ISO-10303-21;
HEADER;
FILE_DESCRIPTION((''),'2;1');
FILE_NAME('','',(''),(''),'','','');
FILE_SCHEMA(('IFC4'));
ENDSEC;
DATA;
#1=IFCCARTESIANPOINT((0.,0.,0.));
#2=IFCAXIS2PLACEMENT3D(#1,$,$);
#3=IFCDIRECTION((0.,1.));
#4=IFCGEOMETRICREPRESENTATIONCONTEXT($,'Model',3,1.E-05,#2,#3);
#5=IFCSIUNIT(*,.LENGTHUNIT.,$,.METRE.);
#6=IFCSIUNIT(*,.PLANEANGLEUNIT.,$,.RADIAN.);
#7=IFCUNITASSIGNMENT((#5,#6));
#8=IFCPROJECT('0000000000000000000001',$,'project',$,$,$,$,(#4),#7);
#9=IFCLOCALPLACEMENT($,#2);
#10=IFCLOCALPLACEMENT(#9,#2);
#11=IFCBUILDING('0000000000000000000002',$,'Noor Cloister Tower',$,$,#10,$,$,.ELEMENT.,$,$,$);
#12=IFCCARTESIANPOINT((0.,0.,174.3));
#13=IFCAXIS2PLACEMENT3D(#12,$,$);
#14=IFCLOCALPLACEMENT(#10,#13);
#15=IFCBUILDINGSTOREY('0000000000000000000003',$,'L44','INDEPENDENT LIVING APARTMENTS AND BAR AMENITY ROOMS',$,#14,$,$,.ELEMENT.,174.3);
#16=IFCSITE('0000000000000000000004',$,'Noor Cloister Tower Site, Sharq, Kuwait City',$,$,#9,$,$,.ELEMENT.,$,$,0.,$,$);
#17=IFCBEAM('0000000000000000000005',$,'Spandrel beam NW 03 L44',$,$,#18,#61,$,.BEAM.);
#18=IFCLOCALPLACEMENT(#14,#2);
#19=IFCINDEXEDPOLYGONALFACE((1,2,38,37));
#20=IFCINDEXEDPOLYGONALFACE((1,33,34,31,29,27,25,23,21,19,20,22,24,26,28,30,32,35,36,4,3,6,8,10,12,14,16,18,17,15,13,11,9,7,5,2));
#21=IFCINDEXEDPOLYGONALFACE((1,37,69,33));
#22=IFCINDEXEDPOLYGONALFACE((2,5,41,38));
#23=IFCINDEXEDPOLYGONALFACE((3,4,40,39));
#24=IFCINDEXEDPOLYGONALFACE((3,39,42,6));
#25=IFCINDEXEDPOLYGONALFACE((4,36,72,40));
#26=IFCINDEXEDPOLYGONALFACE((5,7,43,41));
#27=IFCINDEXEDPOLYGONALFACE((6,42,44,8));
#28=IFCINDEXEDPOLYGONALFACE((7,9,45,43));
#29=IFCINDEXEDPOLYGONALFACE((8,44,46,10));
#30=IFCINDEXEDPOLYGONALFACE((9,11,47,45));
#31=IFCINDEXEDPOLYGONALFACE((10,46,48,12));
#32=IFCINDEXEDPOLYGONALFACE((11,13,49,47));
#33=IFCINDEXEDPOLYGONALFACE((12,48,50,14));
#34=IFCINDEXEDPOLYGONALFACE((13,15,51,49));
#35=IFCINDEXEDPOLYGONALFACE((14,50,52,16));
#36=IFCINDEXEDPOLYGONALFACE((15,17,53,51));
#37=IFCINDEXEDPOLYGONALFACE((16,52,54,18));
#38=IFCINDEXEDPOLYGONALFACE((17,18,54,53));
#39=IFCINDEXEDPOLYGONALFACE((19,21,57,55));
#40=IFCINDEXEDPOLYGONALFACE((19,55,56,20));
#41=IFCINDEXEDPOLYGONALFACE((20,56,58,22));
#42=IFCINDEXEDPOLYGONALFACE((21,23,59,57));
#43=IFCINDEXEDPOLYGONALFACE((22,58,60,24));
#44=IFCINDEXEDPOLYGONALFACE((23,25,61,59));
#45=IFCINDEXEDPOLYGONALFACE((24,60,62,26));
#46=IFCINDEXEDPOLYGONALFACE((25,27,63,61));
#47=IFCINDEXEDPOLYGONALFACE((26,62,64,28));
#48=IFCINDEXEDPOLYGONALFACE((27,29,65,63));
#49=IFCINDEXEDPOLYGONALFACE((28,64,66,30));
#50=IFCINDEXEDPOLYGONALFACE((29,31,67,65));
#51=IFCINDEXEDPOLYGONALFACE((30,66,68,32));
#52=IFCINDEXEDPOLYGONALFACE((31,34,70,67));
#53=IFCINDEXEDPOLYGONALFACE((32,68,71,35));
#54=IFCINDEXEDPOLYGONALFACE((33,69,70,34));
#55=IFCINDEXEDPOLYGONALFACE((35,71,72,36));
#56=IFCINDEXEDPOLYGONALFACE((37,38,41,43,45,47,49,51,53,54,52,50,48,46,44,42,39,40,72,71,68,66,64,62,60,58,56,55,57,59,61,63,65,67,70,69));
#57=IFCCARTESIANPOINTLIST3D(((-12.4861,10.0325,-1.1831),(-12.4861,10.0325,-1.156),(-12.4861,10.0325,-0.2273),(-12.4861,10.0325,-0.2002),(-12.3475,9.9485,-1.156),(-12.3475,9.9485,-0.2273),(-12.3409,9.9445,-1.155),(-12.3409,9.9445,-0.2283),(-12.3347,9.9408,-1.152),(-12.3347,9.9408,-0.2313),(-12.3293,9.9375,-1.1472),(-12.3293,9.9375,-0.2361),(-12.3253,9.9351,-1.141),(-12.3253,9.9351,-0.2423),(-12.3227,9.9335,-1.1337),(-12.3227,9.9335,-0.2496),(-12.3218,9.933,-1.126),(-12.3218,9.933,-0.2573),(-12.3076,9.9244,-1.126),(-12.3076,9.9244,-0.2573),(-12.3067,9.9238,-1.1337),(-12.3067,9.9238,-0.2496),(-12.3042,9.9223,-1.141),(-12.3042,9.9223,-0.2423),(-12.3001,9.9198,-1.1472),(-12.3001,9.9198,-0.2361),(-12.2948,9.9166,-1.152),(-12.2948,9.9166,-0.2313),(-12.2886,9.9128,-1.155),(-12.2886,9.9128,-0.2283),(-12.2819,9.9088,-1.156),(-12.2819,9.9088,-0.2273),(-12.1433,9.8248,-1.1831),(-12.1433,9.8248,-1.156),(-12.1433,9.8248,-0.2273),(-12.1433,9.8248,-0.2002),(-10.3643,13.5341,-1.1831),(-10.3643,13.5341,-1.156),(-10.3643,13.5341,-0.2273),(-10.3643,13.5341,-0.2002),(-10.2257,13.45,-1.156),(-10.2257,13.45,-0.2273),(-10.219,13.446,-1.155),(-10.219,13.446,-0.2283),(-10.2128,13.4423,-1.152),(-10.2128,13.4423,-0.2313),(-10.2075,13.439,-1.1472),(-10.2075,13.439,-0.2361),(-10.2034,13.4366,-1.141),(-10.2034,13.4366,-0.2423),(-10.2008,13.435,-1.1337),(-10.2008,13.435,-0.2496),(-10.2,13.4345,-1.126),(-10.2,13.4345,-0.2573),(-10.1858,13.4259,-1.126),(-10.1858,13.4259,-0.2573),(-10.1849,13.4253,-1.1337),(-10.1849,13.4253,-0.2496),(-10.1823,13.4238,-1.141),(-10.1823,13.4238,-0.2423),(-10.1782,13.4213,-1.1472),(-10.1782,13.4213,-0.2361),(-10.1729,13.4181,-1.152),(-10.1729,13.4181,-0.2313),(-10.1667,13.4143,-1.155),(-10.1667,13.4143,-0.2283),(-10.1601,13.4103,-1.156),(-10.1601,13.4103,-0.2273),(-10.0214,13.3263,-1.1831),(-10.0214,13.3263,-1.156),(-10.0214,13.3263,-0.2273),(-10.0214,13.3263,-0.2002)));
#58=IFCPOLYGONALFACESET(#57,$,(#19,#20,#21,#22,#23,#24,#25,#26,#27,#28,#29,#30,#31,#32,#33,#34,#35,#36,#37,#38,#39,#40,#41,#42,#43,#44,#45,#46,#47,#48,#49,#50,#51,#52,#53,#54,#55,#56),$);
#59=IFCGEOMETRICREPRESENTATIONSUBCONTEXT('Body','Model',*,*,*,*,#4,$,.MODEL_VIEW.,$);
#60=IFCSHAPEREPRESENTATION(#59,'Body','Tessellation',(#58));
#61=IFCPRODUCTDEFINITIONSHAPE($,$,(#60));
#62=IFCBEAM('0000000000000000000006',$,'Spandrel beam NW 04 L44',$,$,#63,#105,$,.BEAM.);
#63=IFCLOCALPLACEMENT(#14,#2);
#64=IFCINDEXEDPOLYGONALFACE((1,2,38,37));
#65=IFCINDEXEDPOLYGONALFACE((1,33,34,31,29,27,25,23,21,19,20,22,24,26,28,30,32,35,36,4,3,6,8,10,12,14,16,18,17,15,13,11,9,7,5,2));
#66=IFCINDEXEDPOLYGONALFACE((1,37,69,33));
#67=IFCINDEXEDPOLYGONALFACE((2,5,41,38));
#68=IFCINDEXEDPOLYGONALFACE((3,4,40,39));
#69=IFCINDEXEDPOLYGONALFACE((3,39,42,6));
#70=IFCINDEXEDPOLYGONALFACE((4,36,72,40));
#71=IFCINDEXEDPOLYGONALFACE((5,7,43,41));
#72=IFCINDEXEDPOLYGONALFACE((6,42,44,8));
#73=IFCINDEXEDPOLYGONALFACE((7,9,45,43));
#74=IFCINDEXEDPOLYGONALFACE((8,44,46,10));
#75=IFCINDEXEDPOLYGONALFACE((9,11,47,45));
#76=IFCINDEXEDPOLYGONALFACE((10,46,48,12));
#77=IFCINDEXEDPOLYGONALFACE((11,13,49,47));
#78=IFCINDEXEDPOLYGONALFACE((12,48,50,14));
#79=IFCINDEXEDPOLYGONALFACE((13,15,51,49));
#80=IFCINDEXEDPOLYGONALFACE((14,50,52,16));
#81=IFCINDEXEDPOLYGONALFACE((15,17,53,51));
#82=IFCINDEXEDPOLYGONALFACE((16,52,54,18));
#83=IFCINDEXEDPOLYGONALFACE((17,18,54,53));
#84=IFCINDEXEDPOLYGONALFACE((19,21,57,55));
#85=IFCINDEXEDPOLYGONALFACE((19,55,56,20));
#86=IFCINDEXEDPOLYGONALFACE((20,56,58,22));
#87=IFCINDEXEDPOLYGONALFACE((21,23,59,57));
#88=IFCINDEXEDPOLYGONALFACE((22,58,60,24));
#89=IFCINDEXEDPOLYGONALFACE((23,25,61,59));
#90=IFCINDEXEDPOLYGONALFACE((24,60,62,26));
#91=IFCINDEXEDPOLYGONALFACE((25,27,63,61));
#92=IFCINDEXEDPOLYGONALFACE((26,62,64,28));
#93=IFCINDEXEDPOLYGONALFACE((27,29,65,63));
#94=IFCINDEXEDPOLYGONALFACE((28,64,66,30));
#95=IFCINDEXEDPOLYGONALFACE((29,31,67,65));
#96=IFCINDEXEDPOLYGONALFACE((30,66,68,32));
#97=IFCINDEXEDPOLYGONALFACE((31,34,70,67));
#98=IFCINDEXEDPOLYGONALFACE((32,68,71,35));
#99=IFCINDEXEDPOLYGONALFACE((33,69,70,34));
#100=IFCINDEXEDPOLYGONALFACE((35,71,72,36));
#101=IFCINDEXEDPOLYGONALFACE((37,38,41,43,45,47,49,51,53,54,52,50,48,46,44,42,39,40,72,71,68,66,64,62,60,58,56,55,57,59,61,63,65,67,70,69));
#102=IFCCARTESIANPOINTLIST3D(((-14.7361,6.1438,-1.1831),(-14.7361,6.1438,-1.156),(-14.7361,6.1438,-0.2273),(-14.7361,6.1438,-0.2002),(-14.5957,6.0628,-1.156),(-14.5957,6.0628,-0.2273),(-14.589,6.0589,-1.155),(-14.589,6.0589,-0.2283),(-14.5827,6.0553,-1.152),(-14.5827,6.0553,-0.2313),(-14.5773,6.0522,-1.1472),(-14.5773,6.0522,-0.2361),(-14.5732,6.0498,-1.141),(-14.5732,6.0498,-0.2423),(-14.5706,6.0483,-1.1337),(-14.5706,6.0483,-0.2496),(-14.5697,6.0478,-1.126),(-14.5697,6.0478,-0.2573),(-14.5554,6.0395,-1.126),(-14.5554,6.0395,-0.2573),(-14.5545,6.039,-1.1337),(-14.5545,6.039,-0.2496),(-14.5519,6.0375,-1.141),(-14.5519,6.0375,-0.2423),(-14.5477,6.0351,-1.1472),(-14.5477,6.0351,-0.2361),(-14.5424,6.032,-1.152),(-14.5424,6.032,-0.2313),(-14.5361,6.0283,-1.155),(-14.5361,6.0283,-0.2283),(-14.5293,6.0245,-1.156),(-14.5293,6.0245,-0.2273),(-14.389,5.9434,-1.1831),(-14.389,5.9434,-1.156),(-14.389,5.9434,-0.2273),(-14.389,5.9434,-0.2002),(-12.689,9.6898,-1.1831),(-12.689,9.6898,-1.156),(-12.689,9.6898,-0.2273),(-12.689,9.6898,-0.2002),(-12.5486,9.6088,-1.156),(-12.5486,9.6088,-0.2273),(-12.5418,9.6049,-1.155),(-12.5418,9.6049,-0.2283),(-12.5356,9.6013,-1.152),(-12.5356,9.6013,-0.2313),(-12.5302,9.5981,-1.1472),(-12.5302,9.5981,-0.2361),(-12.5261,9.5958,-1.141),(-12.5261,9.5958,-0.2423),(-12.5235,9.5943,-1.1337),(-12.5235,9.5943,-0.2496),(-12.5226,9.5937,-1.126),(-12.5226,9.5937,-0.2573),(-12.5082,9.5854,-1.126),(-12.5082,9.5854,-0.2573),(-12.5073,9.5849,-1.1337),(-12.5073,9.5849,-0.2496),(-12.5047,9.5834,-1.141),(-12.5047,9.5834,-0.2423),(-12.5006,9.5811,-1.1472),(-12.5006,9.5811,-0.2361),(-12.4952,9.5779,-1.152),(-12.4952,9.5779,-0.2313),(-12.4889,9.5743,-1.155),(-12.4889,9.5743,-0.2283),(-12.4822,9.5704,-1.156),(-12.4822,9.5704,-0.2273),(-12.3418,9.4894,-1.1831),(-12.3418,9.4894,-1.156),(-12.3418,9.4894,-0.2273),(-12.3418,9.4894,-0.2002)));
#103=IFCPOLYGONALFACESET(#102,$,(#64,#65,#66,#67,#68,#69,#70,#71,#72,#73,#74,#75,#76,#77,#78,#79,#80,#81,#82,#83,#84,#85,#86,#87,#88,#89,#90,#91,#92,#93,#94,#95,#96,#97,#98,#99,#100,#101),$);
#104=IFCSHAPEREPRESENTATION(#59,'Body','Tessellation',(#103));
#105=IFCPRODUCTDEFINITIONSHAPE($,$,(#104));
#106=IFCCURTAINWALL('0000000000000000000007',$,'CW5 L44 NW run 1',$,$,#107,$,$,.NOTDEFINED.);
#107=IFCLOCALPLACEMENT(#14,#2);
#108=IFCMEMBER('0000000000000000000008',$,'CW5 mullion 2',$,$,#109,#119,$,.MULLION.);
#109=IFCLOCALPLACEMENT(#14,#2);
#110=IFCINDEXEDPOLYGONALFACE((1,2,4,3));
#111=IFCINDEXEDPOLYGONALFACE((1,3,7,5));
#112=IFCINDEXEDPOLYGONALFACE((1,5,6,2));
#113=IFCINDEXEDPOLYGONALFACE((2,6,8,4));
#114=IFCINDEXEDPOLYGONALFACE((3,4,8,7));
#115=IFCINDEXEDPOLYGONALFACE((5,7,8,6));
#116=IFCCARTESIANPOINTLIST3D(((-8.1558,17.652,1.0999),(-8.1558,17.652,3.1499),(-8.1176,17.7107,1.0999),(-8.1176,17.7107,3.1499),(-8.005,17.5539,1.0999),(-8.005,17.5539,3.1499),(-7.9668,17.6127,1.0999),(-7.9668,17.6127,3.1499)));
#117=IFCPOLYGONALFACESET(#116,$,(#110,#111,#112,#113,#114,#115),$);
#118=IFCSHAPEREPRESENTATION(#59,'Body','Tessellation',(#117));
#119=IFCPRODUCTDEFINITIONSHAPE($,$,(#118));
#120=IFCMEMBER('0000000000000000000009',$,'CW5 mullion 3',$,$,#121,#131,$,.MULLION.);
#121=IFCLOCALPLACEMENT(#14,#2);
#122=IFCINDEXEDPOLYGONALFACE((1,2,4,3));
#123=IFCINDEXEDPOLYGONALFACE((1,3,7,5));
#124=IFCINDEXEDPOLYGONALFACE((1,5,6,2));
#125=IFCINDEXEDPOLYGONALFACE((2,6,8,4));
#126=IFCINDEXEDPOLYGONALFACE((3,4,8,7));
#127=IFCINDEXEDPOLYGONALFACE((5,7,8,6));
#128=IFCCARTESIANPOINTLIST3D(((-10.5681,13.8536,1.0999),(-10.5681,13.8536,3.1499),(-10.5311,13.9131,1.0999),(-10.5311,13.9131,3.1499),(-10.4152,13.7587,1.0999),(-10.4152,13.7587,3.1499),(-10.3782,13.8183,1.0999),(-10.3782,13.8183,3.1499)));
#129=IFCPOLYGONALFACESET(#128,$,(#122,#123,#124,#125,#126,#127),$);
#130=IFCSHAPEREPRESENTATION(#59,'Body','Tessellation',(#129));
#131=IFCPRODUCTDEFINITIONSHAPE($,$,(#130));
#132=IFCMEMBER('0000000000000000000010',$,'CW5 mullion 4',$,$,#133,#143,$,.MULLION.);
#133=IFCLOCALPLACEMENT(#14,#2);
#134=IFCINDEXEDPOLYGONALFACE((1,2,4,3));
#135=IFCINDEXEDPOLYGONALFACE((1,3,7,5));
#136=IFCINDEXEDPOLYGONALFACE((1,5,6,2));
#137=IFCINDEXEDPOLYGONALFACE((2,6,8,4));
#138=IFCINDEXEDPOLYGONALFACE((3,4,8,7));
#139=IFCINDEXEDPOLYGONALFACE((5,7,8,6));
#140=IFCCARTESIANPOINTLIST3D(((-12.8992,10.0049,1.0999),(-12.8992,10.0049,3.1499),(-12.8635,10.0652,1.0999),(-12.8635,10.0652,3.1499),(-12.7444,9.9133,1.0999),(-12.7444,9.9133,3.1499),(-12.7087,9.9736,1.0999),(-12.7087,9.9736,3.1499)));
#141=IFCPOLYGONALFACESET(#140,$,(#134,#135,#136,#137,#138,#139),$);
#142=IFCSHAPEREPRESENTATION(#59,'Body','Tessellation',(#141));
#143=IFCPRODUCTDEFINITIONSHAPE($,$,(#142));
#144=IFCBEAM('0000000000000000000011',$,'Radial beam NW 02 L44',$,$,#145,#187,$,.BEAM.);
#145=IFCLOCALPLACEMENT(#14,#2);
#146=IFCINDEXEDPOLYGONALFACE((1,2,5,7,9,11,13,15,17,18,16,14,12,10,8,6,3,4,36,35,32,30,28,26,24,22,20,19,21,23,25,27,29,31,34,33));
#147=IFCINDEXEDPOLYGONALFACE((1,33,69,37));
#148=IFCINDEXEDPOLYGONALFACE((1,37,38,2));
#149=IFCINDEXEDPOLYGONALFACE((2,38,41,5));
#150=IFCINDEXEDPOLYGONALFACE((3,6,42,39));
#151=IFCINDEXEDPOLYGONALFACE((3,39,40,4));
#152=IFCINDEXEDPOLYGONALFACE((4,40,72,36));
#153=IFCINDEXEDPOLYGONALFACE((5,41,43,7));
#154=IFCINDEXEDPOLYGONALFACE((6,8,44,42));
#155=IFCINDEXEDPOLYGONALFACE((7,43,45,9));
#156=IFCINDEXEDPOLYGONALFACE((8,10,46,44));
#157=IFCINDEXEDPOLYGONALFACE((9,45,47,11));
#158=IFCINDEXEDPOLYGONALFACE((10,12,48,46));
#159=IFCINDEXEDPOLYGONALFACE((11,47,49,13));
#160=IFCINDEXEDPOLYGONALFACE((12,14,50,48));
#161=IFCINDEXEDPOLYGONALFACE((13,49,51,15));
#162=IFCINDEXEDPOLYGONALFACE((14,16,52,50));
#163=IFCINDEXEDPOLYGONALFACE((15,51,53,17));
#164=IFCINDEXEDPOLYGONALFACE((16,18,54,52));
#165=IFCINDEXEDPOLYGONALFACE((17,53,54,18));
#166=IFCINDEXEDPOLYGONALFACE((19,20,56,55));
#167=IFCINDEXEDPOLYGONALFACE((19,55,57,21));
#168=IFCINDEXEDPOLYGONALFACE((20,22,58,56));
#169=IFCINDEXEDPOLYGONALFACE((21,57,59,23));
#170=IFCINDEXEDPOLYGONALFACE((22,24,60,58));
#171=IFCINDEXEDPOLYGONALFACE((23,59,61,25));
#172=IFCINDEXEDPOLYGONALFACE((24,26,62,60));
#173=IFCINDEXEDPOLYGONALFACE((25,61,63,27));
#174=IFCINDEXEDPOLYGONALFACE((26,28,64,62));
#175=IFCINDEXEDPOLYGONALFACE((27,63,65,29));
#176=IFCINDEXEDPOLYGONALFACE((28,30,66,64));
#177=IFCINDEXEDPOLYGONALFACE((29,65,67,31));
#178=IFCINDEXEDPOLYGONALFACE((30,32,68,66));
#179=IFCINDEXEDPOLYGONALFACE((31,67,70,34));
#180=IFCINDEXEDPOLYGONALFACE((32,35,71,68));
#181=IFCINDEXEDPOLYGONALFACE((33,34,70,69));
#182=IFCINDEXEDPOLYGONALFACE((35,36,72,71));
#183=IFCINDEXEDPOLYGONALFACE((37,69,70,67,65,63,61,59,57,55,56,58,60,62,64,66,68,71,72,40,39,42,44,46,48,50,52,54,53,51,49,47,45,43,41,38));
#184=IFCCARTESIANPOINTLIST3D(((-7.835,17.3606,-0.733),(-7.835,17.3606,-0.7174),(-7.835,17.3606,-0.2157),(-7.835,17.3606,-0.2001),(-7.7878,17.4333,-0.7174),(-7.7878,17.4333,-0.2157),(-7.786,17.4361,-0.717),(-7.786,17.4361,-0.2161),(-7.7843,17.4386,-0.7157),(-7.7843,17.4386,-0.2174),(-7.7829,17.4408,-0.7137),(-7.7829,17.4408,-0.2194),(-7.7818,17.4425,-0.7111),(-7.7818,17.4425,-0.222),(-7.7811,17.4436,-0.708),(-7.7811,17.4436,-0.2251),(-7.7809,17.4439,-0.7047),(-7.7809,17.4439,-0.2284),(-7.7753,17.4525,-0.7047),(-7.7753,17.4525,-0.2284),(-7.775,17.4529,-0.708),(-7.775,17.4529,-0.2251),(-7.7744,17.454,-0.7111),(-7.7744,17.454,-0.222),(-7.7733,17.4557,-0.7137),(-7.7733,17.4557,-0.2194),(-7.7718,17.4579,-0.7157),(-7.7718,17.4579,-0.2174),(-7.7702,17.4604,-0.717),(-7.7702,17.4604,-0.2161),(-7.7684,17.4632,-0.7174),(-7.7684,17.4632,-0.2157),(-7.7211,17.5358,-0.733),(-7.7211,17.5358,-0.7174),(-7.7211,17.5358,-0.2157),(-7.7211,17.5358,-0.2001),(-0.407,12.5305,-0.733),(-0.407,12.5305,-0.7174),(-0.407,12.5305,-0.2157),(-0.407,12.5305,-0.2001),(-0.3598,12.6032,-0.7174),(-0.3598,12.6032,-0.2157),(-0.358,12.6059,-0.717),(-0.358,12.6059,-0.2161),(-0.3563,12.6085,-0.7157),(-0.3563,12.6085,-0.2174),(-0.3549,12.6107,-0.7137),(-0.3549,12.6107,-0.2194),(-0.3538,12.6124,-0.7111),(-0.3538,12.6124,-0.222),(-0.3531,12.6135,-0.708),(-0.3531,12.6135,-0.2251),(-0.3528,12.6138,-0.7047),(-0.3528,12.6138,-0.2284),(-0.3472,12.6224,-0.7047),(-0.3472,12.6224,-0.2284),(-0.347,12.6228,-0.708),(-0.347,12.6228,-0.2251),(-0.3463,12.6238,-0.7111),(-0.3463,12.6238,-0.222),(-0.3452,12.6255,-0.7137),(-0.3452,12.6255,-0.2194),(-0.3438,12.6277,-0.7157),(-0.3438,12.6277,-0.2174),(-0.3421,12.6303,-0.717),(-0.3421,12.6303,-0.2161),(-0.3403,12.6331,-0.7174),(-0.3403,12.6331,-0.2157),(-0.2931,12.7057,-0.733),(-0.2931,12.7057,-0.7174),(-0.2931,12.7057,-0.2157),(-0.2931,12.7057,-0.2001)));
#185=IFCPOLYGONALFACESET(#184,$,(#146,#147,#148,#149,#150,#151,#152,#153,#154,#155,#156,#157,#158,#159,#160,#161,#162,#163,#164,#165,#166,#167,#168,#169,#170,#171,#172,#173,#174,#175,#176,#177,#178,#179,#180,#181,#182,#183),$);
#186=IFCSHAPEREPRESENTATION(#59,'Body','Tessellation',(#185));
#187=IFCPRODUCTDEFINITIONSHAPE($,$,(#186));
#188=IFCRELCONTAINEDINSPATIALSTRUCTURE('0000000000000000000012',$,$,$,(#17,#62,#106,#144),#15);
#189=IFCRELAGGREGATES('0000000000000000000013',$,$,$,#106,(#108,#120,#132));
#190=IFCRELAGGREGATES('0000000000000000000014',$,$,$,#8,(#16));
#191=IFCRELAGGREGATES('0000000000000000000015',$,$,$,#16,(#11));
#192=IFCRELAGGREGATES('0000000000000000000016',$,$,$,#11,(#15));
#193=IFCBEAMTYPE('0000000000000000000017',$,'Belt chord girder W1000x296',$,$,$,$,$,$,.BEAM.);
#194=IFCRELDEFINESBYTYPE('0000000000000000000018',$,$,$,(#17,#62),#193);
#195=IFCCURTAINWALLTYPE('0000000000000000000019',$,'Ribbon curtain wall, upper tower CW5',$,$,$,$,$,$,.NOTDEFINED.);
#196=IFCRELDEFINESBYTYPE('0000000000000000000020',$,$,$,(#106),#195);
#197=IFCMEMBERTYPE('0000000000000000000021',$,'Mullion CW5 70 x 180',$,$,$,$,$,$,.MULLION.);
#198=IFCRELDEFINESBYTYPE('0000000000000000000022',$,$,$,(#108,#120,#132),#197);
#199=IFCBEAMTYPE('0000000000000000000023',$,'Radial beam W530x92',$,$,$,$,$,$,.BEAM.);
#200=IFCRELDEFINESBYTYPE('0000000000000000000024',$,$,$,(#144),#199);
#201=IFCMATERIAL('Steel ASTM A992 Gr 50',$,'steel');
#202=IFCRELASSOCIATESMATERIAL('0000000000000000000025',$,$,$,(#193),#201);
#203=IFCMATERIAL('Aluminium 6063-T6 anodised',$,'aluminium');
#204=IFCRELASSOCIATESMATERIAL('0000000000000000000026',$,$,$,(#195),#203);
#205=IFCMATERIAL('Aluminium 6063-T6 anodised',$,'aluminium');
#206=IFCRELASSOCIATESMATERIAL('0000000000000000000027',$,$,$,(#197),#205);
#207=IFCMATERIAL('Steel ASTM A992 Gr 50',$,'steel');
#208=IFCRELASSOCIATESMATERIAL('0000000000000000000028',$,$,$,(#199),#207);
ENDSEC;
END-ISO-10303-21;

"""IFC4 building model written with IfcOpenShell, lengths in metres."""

from ifc_helpers import new_model, si_unit, direction, frame, origin, origin_2d, place, context, subcontext, project, spatial, rectangle, i_section, extrude, material, material_profile, profile_set, type_object, element, aggregate, save


model = new_model("IFC4")

# Units and contexts
model_context = context("Model", 3, precision=1e-05, world=origin(), true_north=direction((0.0, 1.0)))
body_context = subcontext(model_context, "Body", "Model", "MODEL_VIEW")
ifc_project = project(units=[si_unit("LENGTHUNIT", "METRE"), si_unit("PLANEANGLEUNIT", "RADIAN")], contexts=[model_context])

# Site, building, storey
site_placement = place(None, origin())
site = spatial("IfcSite", under=ifc_project, at=site_placement, Name="Noor Cloister Tower Site, Sharq, Kuwait City", CompositionType="ELEMENT", RefElevation=0.0)
building_placement = place(site_placement, origin())
building = spatial("IfcBuilding", under=site, at=building_placement, Name="Noor Cloister Tower", CompositionType="ELEMENT")
storey_placement = place(building_placement, frame((0.0, 0.0, 174.3)))
storey = spatial("IfcBuildingStorey", under=building, at=storey_placement, Name="L44", Description="INDEPENDENT LIVING APARTMENTS AND BAR AMENITY ROOMS", CompositionType="ELEMENT", Elevation=174.3)

# Beams
ifc_material_1 = material(Name="Steel ASTM A992 Gr 50", Category="steel")
ifc_material_profile_1 = material_profile(ifc_material_1, i_section(OverallWidth=0.4009, OverallDepth=0.9829, WebThickness=0.0166, FlangeThickness=0.0271, FilletRadius=0.03, at=origin_2d()), Name="W1000x296")
ifc_profile_set_1 = profile_set([ifc_material_profile_1], Name="Steel ASTM A992 Gr 50")
beam_type_1 = type_object("IfcBeamType", Name="Belt chord girder W1000x296", PredefinedType="BEAM", material=ifc_profile_set_1)
for number, where, z_axis, x_axis, name in (
    (1, (-10.1929, 13.4302, -0.6917), (-0.518253, -0.855227, 0.0), (0.855227, -0.518253, 0.0), "Spandrel beam NW 03 L44"),
):
    element("IfcBeam", number, at=place(storey_placement, frame(where, z_axis=z_axis, x_axis=x_axis)), inside=storey, type_object=beam_type_1, Name=name, PredefinedType="BEAM", context=body_context, shape_type="SweptSolid", body=[
        extrude(i_section(OverallWidth=0.4009, OverallDepth=0.9829, WebThickness=0.0166, FlangeThickness=0.0271, FilletRadius=0.03, at=origin_2d()), origin(), (0.0, 0.0, 1.0), 4.0942),
    ])
beam_1_placement = place(storey_placement, frame((-12.5154, 9.5896, -0.6917), z_axis=(-0.499981, -0.866037, 0.0), x_axis=(0.866037, -0.499981, 0.0)))
element("IfcBeam", 2, at=beam_1_placement, inside=storey, type_object=beam_type_1, Name="Spandrel beam NW 04 L44", PredefinedType="BEAM", context=body_context, shape_type="SweptSolid", body=[
    extrude(i_section(OverallWidth=0.4009, OverallDepth=0.9829, WebThickness=0.0166, FlangeThickness=0.0271, FilletRadius=0.03, at=origin_2d()), origin(), (0.0, 0.0, 1.0), 4.0945),
])

# Curtain wall, members
ifc_material_2 = material(Name="Aluminium 6063-T6 anodised", Category="aluminium")
curtain_wall_type = type_object("IfcCurtainWallType", Name="Ribbon curtain wall, upper tower CW5", PredefinedType="NOTDEFINED", material=ifc_material_2)
curtain_wall_placement = place(storey_placement, origin())
curtain_wall = element("IfcCurtainWall", 3, at=curtain_wall_placement, inside=storey, type_object=curtain_wall_type, Name="CW5 L44 NW run 1", PredefinedType="NOTDEFINED")
ifc_material_3 = material(Name="Aluminium 6063-T6 anodised", Category="aluminium")
ifc_material_profile_2 = material_profile(ifc_material_3, rectangle(XDim=0.1799, YDim=0.0701, at=origin_2d()), Name="180 x 70 mullion")
ifc_profile_set_2 = profile_set([ifc_material_profile_2], Name="Aluminium 6063-T6 anodised")
member_type = type_object("IfcMemberType", Name="Mullion CW5 70 x 180", PredefinedType="MULLION", material=ifc_profile_set_2)
member_1_placement = place(storey_placement, frame((-8.0613, 17.6323, 1.0999), z_axis=(0.0, 0.0, 1.0), x_axis=(0.838347, -0.545137, 0.0)))
member_1 = element("IfcMember", 4, at=member_1_placement, type_object=member_type, Name="CW5 mullion 2", PredefinedType="MULLION", context=body_context, shape_type="SweptSolid", body=[
    extrude(rectangle(XDim=0.1799, YDim=0.0701, at=origin_2d()), origin(), (0.0, 0.0, 1.0), 2.05),
])
member_2_placement = place(storey_placement, frame((-10.4731, 13.8359, 1.0999), z_axis=(0.0, 0.0, 1.0), x_axis=(0.849705, -0.527259, 0.0)))
member_2 = element("IfcMember", 5, at=member_2_placement, type_object=member_type, Name="CW5 mullion 3", PredefinedType="MULLION", context=body_context, shape_type="SweptSolid", body=[
    extrude(rectangle(XDim=0.1799, YDim=0.0701, at=origin_2d()), origin(), (0.0, 0.0, 1.0), 2.05),
])
member_3_placement = place(storey_placement, frame((-12.804, 9.9893, 1.0999), z_axis=(0.0, 0.0, 1.0), x_axis=(0.860682, -0.509144, 0.0)))
member_3 = element("IfcMember", 6, at=member_3_placement, type_object=member_type, Name="CW5 mullion 4", PredefinedType="MULLION", context=body_context, shape_type="SweptSolid", body=[
    extrude(rectangle(XDim=0.1799, YDim=0.0701, at=origin_2d()), origin(), (0.0, 0.0, 1.0), 2.05),
])

# Beam
ifc_material_4 = material(Name="Steel ASTM A992 Gr 50", Category="steel")
ifc_material_profile_3 = material_profile(ifc_material_4, i_section(OverallWidth=0.209, OverallDepth=0.533, WebThickness=0.0103, FlangeThickness=0.0156, FilletRadius=0.0127, at=origin_2d()), Name="W530x92")
ifc_profile_set_3 = profile_set([ifc_material_profile_3], Name="Steel ASTM A992 Gr 50")
beam_type_2 = type_object("IfcBeamType", Name="Radial beam W530x92", PredefinedType="BEAM", material=ifc_profile_set_3)
beam_2_placement = place(storey_placement, frame((-7.7781, 17.4482, -0.4666), z_axis=(0.838346, -0.545138, 0.0), x_axis=(0.545138, 0.838346, 0.0)))
element("IfcBeam", 7, at=beam_2_placement, inside=storey, type_object=beam_type_2, Name="Radial beam NW 02 L44", PredefinedType="BEAM", context=body_context, shape_type="SweptSolid", body=[
    extrude(i_section(OverallWidth=0.209, OverallDepth=0.533, WebThickness=0.0103, FlangeThickness=0.0156, FilletRadius=0.0127, at=origin_2d()), origin(), (0.0, 0.0, 1.0), 8.8604),
])

aggregate(curtain_wall, [member_1, member_2, member_3])

save(model, "model.ifc")
